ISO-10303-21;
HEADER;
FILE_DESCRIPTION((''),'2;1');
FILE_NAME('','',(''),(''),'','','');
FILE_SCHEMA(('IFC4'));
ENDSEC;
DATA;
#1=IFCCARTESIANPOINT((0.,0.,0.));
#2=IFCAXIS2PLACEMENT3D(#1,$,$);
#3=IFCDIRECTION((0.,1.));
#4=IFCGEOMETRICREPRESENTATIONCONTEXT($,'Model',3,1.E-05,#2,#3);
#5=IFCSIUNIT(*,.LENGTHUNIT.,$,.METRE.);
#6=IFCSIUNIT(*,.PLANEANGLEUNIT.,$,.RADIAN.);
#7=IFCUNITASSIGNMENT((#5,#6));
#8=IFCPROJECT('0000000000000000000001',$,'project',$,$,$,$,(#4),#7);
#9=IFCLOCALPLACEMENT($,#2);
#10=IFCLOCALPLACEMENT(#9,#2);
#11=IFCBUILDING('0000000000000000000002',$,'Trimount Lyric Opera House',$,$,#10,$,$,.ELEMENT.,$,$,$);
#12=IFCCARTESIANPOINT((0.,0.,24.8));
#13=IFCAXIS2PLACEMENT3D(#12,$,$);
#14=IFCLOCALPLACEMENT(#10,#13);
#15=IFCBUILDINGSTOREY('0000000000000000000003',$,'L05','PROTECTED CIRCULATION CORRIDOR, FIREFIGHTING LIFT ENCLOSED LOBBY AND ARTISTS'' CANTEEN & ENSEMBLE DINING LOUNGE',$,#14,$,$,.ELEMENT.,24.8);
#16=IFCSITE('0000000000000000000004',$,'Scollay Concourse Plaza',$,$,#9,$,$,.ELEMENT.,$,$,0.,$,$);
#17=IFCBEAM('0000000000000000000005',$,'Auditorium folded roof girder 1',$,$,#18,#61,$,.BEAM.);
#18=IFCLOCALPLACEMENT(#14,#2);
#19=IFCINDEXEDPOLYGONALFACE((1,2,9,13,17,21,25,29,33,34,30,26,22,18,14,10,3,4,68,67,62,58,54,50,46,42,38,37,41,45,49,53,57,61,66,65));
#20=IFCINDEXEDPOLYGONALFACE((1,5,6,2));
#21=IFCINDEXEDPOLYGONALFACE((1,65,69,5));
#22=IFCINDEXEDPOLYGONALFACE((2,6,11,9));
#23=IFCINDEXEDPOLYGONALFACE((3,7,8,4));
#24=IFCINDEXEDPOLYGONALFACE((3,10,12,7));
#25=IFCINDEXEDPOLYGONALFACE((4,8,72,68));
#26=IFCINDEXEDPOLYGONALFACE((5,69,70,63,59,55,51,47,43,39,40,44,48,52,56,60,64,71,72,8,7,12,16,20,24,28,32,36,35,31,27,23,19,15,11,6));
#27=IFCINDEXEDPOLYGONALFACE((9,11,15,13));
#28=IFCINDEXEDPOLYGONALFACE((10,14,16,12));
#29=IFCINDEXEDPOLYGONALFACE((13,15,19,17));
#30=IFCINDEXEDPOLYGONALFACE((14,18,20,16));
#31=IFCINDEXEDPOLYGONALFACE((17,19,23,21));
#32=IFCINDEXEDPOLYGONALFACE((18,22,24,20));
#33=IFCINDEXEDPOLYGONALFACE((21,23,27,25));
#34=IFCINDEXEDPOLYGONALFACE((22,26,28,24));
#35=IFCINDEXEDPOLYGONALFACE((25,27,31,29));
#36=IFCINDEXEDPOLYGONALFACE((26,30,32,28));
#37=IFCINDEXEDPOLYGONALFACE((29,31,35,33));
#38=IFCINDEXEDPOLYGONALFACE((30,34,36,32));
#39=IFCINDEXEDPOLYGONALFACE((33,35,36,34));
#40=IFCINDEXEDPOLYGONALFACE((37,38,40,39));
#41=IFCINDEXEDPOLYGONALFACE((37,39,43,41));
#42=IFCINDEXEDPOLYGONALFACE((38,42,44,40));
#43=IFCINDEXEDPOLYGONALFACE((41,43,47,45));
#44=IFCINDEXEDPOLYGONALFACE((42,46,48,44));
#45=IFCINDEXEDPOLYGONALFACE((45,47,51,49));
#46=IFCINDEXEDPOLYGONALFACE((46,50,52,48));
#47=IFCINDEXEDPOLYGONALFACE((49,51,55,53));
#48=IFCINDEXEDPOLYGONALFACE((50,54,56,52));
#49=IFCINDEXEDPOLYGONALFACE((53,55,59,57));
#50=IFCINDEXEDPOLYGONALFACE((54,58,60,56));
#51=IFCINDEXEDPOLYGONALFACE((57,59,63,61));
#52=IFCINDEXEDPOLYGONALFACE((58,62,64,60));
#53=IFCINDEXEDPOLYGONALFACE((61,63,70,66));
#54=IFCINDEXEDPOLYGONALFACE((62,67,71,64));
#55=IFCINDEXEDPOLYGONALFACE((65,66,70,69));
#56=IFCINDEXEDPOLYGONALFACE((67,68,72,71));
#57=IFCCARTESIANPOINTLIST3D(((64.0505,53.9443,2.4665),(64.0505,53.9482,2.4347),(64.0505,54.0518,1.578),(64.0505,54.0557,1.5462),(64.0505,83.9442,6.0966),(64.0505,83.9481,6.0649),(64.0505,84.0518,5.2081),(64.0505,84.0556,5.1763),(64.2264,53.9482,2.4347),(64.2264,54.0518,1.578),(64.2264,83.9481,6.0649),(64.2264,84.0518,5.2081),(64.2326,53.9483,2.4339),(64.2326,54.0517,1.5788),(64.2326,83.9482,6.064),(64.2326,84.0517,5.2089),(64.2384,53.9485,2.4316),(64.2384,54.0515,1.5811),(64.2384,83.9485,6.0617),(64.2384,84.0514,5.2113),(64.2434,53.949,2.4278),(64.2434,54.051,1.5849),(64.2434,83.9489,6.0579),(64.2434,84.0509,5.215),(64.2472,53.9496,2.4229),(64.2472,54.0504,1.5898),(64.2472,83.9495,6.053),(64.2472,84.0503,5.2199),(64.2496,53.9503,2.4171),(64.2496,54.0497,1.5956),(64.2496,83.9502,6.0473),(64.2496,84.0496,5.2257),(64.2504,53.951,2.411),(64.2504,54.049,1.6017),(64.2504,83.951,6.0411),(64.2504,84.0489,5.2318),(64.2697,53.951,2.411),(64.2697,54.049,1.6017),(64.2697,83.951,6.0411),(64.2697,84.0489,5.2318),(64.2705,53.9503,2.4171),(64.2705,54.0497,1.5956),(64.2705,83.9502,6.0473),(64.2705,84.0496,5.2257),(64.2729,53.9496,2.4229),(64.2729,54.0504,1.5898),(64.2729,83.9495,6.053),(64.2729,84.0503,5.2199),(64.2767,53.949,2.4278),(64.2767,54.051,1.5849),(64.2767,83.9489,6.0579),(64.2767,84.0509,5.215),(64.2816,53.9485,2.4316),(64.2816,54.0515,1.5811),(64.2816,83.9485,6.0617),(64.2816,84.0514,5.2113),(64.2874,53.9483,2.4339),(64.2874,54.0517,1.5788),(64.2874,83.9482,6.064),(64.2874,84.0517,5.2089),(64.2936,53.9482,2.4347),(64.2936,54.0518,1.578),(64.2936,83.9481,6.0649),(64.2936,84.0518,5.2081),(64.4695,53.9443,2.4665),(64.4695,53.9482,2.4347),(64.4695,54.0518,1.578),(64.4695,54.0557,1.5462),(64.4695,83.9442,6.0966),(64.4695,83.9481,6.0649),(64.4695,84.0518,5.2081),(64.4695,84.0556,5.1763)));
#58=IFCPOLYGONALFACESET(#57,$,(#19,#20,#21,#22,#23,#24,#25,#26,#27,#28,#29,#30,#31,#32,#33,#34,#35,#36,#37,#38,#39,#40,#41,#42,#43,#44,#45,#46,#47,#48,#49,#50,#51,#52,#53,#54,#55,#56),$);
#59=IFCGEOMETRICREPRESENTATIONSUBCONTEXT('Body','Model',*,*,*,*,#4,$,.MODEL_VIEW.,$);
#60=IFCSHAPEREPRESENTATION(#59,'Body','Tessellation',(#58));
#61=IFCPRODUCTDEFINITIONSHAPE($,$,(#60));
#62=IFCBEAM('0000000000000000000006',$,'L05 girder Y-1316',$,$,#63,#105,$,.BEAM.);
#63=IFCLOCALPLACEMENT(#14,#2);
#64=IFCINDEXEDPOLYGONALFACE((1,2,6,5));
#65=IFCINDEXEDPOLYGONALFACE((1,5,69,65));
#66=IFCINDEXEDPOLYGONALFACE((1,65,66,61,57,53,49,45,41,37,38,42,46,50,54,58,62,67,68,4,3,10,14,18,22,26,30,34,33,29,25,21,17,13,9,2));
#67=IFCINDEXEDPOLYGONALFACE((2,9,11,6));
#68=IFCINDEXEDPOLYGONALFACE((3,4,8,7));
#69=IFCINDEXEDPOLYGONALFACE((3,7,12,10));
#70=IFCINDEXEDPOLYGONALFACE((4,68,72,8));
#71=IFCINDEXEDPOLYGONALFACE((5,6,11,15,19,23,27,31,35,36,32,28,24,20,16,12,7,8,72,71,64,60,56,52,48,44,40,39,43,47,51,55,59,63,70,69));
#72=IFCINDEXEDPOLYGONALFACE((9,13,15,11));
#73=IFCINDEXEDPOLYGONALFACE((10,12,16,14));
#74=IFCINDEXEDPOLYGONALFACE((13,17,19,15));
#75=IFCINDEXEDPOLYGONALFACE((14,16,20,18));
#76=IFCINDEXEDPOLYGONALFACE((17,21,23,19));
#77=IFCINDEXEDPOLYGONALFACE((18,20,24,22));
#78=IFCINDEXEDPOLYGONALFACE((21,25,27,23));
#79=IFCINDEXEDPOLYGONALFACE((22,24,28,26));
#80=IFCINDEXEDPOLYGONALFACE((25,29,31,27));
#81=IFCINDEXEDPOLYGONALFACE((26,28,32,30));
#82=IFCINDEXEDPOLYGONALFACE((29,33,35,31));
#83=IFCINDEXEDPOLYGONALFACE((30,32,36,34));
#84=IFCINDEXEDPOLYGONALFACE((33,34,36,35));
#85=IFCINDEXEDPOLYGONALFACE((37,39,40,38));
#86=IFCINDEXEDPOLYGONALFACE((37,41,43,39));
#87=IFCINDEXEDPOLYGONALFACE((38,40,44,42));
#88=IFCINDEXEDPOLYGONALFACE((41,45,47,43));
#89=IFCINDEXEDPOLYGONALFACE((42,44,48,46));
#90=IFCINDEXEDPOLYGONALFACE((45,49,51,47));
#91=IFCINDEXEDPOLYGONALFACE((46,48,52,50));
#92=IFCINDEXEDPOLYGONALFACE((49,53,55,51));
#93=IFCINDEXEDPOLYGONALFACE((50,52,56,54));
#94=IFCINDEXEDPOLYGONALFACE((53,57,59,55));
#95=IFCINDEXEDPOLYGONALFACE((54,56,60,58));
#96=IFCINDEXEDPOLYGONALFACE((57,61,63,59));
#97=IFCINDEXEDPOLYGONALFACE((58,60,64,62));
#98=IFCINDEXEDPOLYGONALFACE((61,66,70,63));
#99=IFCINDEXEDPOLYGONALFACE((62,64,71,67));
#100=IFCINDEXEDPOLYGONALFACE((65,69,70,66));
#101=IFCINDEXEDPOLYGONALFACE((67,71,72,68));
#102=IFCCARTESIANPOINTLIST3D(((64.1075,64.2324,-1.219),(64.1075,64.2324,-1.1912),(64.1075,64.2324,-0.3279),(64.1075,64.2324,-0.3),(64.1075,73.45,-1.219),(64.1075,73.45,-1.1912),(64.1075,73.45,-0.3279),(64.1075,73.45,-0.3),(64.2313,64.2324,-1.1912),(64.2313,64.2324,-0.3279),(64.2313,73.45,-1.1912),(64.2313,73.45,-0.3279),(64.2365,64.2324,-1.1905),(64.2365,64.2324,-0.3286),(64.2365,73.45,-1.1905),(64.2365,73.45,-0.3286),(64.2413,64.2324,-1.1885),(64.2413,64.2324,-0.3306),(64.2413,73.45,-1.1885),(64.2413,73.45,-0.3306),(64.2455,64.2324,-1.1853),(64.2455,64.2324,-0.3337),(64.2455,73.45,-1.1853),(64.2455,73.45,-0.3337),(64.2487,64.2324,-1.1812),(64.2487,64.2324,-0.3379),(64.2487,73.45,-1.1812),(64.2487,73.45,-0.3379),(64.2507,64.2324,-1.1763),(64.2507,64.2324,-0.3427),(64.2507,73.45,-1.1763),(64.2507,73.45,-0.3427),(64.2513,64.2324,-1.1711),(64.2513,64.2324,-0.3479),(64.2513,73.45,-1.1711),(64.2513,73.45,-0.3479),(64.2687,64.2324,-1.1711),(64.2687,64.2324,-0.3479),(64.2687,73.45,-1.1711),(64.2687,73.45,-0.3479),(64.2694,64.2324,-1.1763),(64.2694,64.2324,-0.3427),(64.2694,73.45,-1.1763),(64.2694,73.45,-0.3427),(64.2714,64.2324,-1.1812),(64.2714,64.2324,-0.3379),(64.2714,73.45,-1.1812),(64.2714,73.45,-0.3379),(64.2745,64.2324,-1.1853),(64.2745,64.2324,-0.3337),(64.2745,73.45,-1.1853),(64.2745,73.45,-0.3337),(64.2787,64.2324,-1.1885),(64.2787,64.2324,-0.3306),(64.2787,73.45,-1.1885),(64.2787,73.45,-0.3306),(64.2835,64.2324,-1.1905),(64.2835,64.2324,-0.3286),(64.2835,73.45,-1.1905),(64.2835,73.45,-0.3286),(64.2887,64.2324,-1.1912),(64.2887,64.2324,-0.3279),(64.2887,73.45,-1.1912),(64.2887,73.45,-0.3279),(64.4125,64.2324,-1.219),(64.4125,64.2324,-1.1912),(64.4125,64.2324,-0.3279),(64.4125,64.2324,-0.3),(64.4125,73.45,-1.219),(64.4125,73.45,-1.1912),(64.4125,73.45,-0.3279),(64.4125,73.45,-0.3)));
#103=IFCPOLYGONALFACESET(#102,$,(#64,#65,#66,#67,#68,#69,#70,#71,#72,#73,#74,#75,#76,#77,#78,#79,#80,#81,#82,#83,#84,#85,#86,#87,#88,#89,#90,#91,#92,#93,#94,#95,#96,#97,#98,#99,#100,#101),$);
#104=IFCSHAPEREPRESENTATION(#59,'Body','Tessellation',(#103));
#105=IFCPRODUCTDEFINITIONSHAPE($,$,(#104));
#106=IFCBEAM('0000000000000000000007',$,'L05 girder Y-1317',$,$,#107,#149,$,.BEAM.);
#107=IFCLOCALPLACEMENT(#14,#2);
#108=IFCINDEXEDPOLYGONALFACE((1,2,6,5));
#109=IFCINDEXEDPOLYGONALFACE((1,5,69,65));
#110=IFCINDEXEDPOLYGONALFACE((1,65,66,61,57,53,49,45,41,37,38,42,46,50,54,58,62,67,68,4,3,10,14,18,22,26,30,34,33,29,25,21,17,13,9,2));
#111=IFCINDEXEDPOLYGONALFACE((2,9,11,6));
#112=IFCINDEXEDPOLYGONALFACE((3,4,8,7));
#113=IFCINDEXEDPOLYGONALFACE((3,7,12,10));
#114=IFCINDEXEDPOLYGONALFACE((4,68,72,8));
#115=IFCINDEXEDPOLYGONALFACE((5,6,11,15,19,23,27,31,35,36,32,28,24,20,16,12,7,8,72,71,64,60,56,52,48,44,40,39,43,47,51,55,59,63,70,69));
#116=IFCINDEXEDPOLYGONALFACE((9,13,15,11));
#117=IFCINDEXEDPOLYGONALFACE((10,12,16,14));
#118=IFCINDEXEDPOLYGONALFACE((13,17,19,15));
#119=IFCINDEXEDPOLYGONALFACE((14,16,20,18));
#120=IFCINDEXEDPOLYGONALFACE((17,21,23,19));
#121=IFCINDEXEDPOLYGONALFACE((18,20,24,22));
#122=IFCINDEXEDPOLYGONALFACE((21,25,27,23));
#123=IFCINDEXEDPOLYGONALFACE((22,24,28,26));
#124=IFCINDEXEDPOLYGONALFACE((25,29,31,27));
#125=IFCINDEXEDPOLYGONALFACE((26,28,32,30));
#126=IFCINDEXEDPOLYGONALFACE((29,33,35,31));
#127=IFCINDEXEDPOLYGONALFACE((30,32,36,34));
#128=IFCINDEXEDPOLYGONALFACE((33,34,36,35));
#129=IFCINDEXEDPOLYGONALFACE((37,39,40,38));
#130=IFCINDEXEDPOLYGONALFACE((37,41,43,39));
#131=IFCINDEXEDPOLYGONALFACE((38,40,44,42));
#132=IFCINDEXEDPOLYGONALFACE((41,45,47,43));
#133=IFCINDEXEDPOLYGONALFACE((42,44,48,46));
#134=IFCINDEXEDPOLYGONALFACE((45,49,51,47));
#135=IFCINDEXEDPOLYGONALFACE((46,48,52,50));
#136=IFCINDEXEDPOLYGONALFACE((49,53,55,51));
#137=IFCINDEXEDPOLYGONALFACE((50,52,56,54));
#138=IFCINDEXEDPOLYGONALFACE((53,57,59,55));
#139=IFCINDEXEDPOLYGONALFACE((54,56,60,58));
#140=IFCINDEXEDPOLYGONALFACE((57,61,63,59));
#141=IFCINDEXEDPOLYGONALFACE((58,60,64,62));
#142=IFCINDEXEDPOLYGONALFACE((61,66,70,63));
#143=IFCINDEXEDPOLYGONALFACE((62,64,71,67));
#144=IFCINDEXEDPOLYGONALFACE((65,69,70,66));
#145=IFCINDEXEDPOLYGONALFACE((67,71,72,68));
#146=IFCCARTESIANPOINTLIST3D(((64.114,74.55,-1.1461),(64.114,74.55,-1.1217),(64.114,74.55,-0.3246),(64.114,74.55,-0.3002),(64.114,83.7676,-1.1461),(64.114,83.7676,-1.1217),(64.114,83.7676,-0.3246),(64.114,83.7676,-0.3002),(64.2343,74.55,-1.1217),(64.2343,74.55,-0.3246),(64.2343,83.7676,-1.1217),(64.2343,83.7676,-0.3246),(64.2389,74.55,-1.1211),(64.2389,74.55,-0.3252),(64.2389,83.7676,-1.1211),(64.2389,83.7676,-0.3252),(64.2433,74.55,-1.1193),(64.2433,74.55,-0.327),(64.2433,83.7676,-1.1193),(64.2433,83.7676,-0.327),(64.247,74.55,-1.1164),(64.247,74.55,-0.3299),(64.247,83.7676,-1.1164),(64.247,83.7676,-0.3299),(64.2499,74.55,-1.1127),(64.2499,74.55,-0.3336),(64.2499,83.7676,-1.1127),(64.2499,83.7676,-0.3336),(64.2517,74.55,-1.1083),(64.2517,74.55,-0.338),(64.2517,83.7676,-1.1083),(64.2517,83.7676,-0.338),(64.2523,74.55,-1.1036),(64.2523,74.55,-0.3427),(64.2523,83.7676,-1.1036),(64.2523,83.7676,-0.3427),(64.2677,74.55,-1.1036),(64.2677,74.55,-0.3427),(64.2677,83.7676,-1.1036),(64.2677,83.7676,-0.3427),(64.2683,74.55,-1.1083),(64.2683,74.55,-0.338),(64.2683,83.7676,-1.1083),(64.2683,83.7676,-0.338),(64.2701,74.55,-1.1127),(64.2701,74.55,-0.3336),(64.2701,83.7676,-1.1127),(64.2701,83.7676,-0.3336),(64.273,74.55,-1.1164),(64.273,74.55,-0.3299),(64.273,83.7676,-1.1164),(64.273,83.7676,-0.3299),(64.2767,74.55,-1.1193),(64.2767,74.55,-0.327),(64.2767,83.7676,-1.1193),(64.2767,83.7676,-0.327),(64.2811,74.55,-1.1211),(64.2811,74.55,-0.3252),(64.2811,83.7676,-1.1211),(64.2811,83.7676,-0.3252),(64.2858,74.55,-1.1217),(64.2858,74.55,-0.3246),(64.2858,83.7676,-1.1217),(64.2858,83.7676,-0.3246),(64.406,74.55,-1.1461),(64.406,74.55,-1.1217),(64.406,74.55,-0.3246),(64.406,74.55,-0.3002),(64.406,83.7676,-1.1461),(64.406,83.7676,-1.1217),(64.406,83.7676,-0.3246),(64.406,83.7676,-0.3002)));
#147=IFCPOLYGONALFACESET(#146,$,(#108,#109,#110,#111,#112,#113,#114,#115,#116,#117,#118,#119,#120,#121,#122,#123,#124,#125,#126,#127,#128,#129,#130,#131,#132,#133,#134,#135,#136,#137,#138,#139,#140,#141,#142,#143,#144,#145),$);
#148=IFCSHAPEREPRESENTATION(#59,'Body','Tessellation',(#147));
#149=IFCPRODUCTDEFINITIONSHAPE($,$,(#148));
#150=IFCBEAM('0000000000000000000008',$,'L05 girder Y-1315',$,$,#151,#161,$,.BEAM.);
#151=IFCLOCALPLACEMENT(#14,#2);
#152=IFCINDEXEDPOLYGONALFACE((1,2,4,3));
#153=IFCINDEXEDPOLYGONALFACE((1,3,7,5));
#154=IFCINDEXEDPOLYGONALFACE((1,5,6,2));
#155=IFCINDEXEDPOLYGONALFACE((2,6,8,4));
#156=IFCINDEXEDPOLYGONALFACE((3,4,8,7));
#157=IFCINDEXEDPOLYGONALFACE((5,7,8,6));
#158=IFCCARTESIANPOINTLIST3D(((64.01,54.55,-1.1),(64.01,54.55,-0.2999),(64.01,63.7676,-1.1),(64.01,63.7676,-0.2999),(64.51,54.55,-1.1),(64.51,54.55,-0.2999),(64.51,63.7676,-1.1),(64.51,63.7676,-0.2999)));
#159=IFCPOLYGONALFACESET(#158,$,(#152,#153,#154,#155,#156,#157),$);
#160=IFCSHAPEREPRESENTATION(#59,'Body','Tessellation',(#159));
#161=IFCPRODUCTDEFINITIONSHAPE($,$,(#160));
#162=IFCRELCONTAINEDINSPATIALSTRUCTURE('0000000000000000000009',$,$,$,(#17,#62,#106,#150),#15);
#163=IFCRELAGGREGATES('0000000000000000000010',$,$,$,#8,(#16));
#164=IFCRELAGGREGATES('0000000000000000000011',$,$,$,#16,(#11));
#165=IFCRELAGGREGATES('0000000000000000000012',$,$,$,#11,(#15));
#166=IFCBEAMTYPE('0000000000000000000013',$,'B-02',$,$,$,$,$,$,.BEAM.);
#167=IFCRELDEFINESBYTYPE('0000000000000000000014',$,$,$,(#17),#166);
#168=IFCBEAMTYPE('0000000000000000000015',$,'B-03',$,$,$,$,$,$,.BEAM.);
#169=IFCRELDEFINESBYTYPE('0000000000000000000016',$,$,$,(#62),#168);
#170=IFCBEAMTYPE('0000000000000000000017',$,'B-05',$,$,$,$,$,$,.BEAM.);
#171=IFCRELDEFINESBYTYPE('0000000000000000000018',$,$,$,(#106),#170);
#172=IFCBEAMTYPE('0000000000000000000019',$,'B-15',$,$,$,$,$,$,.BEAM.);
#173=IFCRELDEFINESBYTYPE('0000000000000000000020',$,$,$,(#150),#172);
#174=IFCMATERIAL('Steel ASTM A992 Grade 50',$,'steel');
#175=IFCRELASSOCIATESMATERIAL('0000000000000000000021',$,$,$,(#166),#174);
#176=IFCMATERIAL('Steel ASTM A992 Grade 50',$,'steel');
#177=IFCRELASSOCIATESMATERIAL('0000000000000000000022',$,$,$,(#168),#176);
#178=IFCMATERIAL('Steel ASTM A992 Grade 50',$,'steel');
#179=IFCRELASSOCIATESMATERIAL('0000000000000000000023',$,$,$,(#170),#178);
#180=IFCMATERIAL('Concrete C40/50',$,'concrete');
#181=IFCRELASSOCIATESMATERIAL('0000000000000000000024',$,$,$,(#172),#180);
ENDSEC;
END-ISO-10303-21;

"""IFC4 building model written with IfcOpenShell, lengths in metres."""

from ifc_helpers import new_model, si_unit, direction, frame, origin, origin_2d, place, context, subcontext, project, spatial, rectangle, i_section, extrude, material, material_profile, profile_set, type_object, element, save


model = new_model("IFC4")

# Units and contexts
model_context = context("Model", 3, precision=1e-05, world=origin(), true_north=direction((0.0, 1.0)))
body_context = subcontext(model_context, "Body", "Model", "MODEL_VIEW")
ifc_project = project(units=[si_unit("LENGTHUNIT", "METRE"), si_unit("PLANEANGLEUNIT", "RADIAN")], contexts=[model_context])

# Site, building, storey
site_placement = place(None, origin())
site = spatial("IfcSite", under=ifc_project, at=site_placement, Name="Scollay Concourse Plaza", CompositionType="ELEMENT", RefElevation=0.0)
building_placement = place(site_placement, origin())
building = spatial("IfcBuilding", under=site, at=building_placement, Name="Trimount Lyric Opera House", CompositionType="ELEMENT")
storey_placement = place(building_placement, frame((0.0, 0.0, 24.8)))
storey = spatial("IfcBuildingStorey", under=building, at=storey_placement, Name="L05", Description="PROTECTED CIRCULATION CORRIDOR, FIREFIGHTING LIFT ENCLOSED LOBBY AND ARTISTS' CANTEEN & ENSEMBLE DINING LOUNGE", CompositionType="ELEMENT", Elevation=24.8)

# Beams
ifc_material_1 = material(Name="Steel ASTM A992 Grade 50", Category="steel")
ifc_material_profile_1 = material_profile(ifc_material_1, i_section(OverallWidth=0.4189, OverallDepth=0.927, WebThickness=0.0193, FlangeThickness=0.032, FilletRadius=0.0239, at=origin_2d()), Name="W36X231")
ifc_profile_set_1 = profile_set([ifc_material_profile_1], Name="Steel ASTM A992 Grade 50")
beam_type_1 = type_object("IfcBeamType", Name="B-02", PredefinedType="BEAM", material=ifc_profile_set_1)
beam_1_placement = place(storey_placement, frame((64.26, 54.0, 2.0063), z_axis=(0.0, 0.992758, 0.120128), x_axis=(-1.0, 0.0, 0.0)))
element("IfcBeam", 1, at=beam_1_placement, inside=storey, type_object=beam_type_1, Name="Auditorium folded roof girder 1", PredefinedType="BEAM", context=body_context, shape_type="SweptSolid", body=[
    extrude(i_section(OverallWidth=0.4189, OverallDepth=0.927, WebThickness=0.0193, FlangeThickness=0.032, FilletRadius=0.0239, at=origin_2d()), origin(), (0.0, 0.0, 1.0), 30.2188),
])
ifc_material_2 = material(Name="Steel ASTM A992 Grade 50", Category="steel")
ifc_material_profile_2 = material_profile(ifc_material_2, i_section(OverallWidth=0.3049, OverallDepth=0.9189, WebThickness=0.0173, FlangeThickness=0.0278, FilletRadius=0.02, at=origin_2d()), Name="W36X170")
ifc_profile_set_2 = profile_set([ifc_material_profile_2], Name="Steel ASTM A992 Grade 50")
beam_type_2 = type_object("IfcBeamType", Name="B-03", PredefinedType="BEAM", material=ifc_profile_set_2)
beam_2_placement = place(storey_placement, frame((64.26, 64.2324, -0.7595), z_axis=(0.0, 1.0, 0.0), x_axis=(-1.0, 0.0, 0.0)))
element("IfcBeam", 2, at=beam_2_placement, inside=storey, type_object=beam_type_2, Name="L05 girder Y-1316", PredefinedType="BEAM", context=body_context, shape_type="SweptSolid", body=[
    extrude(i_section(OverallWidth=0.3049, OverallDepth=0.9189, WebThickness=0.0173, FlangeThickness=0.0278, FilletRadius=0.02, at=origin_2d()), origin(), (0.0, 0.0, 1.0), 9.2175),
])
ifc_material_3 = material(Name="Steel ASTM A992 Grade 50", Category="steel")
ifc_material_profile_3 = material_profile(ifc_material_3, i_section(OverallWidth=0.292, OverallDepth=0.8459, WebThickness=0.0154, FlangeThickness=0.0244, FilletRadius=0.0181, at=origin_2d()), Name="W33X141")
ifc_profile_set_3 = profile_set([ifc_material_profile_3], Name="Steel ASTM A992 Grade 50")
beam_type_3 = type_object("IfcBeamType", Name="B-05", PredefinedType="BEAM", material=ifc_profile_set_3)
beam_3_placement = place(storey_placement, frame((64.26, 74.55, -0.7231), z_axis=(0.0, 1.0, 0.0), x_axis=(-1.0, 0.0, 0.0)))
element("IfcBeam", 3, at=beam_3_placement, inside=storey, type_object=beam_type_3, Name="L05 girder Y-1317", PredefinedType="BEAM", context=body_context, shape_type="SweptSolid", body=[
    extrude(i_section(OverallWidth=0.292, OverallDepth=0.8459, WebThickness=0.0154, FlangeThickness=0.0244, FilletRadius=0.0181, at=origin_2d()), origin(), (0.0, 0.0, 1.0), 9.2175),
])
ifc_material_4 = material(Name="Concrete C40/50", Category="concrete")
ifc_material_profile_4 = material_profile(ifc_material_4, rectangle(XDim=0.5, YDim=0.8, at=origin_2d()), Name="RC500X800")
ifc_profile_set_4 = profile_set([ifc_material_profile_4], Name="Concrete C40/50")
beam_type_4 = type_object("IfcBeamType", Name="B-15", PredefinedType="BEAM", material=ifc_profile_set_4)
beam_4_placement = place(storey_placement, frame((64.26, 54.55, -0.7), z_axis=(0.0, 1.0, 0.0), x_axis=(-1.0, 0.0, 0.0)))
element("IfcBeam", 4, at=beam_4_placement, inside=storey, type_object=beam_type_4, Name="L05 girder Y-1315", PredefinedType="BEAM", context=body_context, shape_type="SweptSolid", body=[
    extrude(rectangle(XDim=0.5, YDim=0.8, at=origin_2d()), origin(), (0.0, 0.0, 1.0), 9.2175),
])

save(model, "model.ifc")
